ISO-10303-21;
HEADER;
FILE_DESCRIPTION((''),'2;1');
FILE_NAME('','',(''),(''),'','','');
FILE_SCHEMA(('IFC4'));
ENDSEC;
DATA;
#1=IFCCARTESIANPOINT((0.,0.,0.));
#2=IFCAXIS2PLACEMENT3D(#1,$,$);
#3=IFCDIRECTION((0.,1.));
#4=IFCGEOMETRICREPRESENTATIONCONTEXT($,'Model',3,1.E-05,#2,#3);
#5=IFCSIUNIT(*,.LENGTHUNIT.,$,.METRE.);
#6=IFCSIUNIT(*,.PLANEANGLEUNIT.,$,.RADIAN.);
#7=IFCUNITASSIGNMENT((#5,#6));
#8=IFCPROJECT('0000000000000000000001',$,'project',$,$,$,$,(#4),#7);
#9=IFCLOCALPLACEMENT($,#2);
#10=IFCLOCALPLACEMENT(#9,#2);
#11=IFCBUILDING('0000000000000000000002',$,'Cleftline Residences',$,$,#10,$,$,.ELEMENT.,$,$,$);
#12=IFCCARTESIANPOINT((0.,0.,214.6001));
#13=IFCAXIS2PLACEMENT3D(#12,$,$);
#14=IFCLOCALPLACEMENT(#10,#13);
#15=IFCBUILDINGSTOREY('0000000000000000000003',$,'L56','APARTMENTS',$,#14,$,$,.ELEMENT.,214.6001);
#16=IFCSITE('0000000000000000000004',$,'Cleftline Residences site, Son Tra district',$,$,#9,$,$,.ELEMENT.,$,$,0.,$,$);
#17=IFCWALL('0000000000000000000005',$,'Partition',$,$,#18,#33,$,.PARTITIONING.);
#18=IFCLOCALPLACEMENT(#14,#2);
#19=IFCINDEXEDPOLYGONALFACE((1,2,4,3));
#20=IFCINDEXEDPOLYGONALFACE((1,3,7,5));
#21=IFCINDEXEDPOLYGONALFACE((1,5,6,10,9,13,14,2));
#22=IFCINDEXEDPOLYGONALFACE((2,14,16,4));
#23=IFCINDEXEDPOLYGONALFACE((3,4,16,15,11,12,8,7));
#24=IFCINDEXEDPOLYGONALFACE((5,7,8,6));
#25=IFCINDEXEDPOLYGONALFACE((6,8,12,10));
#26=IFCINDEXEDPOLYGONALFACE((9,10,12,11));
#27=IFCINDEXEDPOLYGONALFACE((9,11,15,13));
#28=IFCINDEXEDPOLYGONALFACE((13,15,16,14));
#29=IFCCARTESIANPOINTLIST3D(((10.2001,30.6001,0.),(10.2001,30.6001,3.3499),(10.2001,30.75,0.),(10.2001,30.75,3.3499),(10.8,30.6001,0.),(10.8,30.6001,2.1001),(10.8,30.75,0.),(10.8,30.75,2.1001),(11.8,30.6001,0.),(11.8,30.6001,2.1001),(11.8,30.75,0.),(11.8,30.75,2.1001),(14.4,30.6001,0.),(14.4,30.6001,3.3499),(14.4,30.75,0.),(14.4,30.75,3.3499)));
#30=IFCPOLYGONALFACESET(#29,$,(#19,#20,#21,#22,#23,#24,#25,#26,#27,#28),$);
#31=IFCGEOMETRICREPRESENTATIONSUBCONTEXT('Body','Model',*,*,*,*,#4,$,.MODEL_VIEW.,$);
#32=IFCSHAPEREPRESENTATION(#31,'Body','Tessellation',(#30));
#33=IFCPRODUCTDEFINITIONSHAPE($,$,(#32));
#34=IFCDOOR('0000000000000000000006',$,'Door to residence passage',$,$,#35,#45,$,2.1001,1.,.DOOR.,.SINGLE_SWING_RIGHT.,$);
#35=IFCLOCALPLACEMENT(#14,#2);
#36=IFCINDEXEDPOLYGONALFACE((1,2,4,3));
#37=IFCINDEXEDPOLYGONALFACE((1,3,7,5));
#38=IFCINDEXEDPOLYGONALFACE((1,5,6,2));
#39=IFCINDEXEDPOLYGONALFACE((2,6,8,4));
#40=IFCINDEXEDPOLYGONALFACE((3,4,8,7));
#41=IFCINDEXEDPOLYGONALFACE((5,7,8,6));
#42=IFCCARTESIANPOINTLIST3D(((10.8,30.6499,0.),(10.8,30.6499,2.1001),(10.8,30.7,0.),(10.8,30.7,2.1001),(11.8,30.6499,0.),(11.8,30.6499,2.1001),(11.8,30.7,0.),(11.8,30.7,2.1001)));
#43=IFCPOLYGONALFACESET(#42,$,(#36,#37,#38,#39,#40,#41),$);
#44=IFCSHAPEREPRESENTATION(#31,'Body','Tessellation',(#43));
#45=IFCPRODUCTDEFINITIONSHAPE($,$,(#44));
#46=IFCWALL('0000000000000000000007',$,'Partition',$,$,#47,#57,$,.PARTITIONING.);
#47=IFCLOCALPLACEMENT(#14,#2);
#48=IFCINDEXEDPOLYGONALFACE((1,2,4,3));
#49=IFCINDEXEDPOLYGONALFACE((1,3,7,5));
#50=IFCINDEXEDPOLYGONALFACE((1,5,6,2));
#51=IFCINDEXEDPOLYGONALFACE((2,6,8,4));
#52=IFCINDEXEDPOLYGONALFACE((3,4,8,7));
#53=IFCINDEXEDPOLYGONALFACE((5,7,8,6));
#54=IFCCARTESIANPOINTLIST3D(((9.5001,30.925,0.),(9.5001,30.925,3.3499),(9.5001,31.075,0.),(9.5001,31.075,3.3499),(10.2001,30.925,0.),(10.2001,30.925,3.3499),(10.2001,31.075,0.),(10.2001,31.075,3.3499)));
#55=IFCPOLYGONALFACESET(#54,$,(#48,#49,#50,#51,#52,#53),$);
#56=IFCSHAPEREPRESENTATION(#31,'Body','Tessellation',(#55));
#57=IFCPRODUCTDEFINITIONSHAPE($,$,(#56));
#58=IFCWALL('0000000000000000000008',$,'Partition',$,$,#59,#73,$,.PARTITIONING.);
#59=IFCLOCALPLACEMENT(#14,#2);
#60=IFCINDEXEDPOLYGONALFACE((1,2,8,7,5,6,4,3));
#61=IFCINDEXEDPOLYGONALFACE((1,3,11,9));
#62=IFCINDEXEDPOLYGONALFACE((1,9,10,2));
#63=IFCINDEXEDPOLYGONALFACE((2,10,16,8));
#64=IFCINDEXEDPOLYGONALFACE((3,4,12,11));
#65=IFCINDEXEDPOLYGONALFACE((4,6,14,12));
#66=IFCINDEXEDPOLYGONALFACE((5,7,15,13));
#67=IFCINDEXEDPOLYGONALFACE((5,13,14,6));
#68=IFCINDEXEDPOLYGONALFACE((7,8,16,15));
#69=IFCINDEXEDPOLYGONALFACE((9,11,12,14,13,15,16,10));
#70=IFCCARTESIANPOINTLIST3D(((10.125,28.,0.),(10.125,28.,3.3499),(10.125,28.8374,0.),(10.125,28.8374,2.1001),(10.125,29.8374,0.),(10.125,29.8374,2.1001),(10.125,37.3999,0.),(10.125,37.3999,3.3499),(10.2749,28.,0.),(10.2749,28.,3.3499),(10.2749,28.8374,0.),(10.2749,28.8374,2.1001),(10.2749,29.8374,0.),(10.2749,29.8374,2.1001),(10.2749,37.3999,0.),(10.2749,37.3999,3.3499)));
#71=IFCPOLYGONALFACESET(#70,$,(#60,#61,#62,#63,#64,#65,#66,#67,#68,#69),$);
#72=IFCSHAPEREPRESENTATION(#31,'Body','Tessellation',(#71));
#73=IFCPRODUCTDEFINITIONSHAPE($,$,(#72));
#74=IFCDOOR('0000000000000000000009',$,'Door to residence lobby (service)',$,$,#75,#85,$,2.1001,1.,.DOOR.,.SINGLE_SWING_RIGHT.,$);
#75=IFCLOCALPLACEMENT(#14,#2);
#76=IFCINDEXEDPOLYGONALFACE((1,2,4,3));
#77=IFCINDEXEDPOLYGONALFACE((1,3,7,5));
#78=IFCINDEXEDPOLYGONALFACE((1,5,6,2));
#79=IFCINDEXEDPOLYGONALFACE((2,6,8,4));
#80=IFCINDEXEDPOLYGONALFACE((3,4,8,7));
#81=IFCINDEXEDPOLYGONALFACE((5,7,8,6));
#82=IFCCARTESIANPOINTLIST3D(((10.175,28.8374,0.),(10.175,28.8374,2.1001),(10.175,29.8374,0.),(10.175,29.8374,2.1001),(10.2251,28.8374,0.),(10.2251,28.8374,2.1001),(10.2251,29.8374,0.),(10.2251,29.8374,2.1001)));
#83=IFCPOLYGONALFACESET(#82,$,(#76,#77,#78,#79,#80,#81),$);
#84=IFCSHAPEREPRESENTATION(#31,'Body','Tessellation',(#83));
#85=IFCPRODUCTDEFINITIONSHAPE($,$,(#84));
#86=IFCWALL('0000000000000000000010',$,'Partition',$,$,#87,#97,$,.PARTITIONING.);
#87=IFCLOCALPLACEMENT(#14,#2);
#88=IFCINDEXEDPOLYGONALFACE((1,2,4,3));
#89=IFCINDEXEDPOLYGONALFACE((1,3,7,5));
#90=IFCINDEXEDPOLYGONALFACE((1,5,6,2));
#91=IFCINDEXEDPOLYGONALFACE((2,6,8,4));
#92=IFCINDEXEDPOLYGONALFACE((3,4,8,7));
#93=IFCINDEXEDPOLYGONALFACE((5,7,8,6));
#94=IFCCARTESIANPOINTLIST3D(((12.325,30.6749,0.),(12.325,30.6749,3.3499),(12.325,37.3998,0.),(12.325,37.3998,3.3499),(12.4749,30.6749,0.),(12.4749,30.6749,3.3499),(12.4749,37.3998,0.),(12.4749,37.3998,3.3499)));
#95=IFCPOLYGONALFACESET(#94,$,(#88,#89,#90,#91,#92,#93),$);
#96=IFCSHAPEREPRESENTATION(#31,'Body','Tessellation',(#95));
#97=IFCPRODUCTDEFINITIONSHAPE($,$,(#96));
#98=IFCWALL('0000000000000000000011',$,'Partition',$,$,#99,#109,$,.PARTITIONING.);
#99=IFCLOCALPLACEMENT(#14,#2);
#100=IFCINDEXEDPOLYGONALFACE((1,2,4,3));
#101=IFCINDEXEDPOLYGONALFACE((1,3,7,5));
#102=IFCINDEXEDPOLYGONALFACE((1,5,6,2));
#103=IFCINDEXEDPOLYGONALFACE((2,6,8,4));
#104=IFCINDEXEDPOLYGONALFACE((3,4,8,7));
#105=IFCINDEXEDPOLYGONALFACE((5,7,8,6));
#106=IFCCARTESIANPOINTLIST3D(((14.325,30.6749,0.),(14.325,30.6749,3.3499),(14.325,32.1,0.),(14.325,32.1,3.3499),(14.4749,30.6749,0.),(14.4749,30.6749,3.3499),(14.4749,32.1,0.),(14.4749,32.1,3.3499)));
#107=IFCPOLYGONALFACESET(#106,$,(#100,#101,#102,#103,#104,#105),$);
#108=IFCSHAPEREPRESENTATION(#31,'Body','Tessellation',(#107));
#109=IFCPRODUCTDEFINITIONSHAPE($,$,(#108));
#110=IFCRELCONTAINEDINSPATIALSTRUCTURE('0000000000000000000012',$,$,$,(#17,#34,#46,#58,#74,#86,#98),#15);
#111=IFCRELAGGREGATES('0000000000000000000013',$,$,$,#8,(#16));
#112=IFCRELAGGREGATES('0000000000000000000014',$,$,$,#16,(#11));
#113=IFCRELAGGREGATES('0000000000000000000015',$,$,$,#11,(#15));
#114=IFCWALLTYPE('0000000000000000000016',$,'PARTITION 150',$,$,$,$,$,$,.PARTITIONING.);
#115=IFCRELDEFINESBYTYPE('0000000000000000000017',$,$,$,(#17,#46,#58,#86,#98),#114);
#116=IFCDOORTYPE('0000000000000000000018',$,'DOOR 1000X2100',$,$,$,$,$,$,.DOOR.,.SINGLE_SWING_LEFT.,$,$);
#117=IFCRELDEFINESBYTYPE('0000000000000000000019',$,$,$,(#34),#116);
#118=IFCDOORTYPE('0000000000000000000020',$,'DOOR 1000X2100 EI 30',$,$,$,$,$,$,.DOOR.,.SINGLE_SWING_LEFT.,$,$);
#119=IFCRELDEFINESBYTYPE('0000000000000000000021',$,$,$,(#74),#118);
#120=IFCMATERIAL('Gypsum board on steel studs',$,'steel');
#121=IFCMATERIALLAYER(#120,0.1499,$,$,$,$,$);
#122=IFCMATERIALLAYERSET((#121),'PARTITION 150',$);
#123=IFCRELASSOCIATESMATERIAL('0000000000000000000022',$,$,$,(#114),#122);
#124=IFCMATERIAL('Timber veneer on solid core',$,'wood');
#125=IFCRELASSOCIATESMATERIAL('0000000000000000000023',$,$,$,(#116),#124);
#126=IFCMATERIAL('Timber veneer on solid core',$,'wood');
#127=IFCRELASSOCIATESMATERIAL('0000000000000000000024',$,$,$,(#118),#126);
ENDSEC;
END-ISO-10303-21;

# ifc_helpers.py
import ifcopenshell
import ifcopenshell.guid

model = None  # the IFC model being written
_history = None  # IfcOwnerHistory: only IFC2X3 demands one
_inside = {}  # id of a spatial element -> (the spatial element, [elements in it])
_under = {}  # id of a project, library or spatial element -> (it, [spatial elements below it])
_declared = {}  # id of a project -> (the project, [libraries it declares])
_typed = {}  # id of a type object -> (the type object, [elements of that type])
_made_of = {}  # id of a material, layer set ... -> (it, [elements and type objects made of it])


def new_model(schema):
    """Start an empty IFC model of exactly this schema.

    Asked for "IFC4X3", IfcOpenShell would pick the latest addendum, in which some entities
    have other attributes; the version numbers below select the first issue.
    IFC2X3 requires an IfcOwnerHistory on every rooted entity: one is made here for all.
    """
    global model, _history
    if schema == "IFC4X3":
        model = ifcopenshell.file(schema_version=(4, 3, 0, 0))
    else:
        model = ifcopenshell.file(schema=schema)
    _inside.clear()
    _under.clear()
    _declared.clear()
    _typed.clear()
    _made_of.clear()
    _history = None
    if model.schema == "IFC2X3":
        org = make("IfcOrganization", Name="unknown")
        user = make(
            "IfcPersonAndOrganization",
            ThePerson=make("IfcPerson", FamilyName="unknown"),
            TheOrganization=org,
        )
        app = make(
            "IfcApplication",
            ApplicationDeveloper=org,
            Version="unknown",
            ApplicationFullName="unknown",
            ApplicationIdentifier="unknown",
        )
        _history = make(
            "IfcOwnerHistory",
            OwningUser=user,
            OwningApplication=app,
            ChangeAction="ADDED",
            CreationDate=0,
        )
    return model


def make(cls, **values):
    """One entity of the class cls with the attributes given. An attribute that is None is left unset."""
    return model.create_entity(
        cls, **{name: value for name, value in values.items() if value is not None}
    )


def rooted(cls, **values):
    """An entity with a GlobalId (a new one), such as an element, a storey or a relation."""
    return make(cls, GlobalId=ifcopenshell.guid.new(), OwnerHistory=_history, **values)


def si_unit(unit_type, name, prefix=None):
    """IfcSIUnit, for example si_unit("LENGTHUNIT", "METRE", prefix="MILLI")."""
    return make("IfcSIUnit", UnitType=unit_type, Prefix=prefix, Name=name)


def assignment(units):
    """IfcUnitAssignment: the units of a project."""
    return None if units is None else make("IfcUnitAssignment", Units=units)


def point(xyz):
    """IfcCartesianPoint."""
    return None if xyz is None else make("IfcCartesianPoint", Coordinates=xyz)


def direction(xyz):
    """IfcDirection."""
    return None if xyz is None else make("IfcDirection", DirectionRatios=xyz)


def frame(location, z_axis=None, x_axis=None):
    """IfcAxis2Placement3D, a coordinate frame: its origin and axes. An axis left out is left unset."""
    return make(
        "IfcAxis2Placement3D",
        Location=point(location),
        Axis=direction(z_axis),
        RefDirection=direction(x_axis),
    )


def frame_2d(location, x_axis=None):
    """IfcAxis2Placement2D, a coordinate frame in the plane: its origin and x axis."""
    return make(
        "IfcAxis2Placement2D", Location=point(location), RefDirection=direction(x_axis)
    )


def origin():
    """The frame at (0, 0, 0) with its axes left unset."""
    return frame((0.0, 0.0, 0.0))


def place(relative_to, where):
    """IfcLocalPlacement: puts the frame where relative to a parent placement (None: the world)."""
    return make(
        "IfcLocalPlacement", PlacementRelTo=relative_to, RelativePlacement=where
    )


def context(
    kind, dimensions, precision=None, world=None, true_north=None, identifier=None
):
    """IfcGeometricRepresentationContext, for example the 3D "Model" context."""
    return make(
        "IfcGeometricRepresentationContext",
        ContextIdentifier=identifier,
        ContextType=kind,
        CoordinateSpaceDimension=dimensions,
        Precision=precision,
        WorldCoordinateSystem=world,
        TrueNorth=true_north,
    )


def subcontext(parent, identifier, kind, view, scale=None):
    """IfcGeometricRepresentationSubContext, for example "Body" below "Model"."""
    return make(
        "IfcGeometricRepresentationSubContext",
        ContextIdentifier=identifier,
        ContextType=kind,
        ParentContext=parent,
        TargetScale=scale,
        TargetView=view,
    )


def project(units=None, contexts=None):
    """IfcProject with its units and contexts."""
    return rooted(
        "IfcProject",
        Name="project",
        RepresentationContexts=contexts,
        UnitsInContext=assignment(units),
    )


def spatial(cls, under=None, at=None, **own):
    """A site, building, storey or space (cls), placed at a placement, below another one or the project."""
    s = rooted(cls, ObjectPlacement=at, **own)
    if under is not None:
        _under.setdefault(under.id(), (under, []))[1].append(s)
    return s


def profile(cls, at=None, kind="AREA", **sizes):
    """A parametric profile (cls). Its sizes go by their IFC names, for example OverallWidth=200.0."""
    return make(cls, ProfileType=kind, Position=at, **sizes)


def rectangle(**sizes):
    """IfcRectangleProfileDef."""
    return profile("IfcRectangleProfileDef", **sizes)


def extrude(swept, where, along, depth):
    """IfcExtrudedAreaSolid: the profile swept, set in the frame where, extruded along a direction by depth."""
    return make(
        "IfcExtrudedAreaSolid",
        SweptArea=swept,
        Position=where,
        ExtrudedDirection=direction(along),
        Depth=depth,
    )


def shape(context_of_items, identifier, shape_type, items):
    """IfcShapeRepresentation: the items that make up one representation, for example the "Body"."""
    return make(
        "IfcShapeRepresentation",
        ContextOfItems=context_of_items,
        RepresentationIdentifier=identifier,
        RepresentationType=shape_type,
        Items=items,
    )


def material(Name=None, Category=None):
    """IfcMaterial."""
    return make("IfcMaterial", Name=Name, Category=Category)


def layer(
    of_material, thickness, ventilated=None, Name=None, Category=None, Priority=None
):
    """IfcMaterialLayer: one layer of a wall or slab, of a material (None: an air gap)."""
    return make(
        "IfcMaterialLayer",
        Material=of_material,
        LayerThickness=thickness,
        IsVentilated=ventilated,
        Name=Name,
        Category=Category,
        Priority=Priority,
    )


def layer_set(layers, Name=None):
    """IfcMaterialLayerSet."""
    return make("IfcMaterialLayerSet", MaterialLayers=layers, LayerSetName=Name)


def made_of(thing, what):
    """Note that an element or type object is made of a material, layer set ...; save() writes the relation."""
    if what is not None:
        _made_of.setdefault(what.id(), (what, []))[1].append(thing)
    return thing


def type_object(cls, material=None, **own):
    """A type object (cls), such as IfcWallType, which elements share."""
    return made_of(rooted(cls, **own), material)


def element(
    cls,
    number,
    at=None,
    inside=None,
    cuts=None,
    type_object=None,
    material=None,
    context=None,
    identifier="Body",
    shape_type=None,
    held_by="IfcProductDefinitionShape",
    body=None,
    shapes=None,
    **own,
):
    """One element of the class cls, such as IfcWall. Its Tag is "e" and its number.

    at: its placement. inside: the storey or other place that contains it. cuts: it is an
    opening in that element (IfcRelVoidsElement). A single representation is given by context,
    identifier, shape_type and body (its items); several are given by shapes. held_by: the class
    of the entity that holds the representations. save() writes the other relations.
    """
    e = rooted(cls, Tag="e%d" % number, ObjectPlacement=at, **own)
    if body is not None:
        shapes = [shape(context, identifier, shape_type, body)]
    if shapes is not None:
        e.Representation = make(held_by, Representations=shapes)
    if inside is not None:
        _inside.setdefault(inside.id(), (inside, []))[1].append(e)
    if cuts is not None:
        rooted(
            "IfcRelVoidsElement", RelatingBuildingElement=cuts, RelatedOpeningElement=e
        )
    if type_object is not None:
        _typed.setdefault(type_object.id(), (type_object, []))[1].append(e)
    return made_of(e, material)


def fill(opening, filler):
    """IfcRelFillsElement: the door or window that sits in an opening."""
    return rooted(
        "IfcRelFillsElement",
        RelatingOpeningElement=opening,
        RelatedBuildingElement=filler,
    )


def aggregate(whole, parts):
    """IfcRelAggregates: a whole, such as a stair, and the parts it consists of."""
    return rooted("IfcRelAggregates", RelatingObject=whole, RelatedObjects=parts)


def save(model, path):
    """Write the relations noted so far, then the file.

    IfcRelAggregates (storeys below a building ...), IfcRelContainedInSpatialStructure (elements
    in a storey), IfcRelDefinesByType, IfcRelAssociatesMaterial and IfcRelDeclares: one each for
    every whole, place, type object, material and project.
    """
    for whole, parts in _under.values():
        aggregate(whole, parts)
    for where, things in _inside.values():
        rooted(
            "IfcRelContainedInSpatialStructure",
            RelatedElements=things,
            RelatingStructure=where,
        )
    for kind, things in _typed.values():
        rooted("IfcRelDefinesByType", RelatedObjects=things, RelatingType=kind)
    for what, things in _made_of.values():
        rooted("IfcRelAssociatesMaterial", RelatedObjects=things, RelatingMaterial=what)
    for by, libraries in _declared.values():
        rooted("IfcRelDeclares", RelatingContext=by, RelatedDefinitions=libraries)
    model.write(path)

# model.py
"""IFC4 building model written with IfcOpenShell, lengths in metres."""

from ifc_helpers import new_model, si_unit, direction, frame, frame_2d, origin, place, context, subcontext, project, spatial, rectangle, extrude, material, layer, layer_set, type_object, element, fill, save


model = new_model("IFC4")

# Units and contexts
model_context = context("Model", 3, precision=1e-05, world=origin(), true_north=direction((0.0, 1.0)))
body_context = subcontext(model_context, "Body", "Model", "MODEL_VIEW")
ifc_project = project(units=[si_unit("LENGTHUNIT", "METRE"), si_unit("PLANEANGLEUNIT", "RADIAN")], contexts=[model_context])

# Site, building, storey
site_placement = place(None, origin())
site = spatial("IfcSite", under=ifc_project, at=site_placement, Name="Cleftline Residences site, Son Tra district", CompositionType="ELEMENT", RefElevation=0.0)
building_placement = place(site_placement, origin())
building = spatial("IfcBuilding", under=site, at=building_placement, Name="Cleftline Residences", CompositionType="ELEMENT")
storey_placement = place(building_placement, frame((0.0, 0.0, 214.6001)))
storey = spatial("IfcBuildingStorey", under=building, at=storey_placement, Name="L56", Description="APARTMENTS", CompositionType="ELEMENT", Elevation=214.6001)

# Wall, opening, door
ifc_material_1 = material(Name="Gypsum board on steel studs", Category="steel")
ifc_layer_1 = layer(ifc_material_1, 0.1499)
ifc_layer_set_1 = layer_set([ifc_layer_1], Name="PARTITION 150")
wall_type_1 = type_object("IfcWallType", Name="PARTITION 150", PredefinedType="PARTITIONING", material=ifc_layer_set_1)
wall_1_placement = place(storey_placement, frame((10.2, 30.675, 0.0), z_axis=(0.0, 0.0, 1.0), x_axis=(1.0, 0.0, 0.0)))
wall_1 = element("IfcWall", 1, at=wall_1_placement, inside=storey, type_object=wall_type_1, Name="Partition", PredefinedType="PARTITIONING", context=body_context, shape_type="SweptSolid", body=[
    extrude(rectangle(XDim=4.2, YDim=0.1499, at=frame_2d((2.1001, 0.0))), origin(), (0.0, 0.0, 1.0), 3.3499),
])
opening_1_placement = place(wall_1_placement, frame((0.6001, 0.0, 0.0)))
opening_1 = element("IfcOpeningElement", 2, at=opening_1_placement, cuts=wall_1, PredefinedType="OPENING", context=body_context, shape_type="SweptSolid", body=[
    extrude(rectangle(XDim=1.0, YDim=2.1001, at=frame_2d((0.5, 1.05))), frame((0.0, 0.085, 0.0), z_axis=(0.0, -1.0, 0.0), x_axis=(1.0, 0.0, 0.0)), (0.0, 0.0, 1.0), 0.1699),
])
ifc_material_2 = material(Name="Timber veneer on solid core", Category="wood")
door_type_1 = type_object("IfcDoorType", Name="DOOR 1000X2100", OperationType="SINGLE_SWING_LEFT", PredefinedType="DOOR", material=ifc_material_2)
door_1_placement = place(opening_1_placement, origin())
door_1 = element("IfcDoor", 3, at=door_1_placement, inside=storey, type_object=door_type_1, Name="Door to residence passage", OperationType="SINGLE_SWING_RIGHT", OverallHeight=2.1001, OverallWidth=1.0, PredefinedType="DOOR", context=body_context, shape_type="SweptSolid", body=[
    extrude(rectangle(XDim=1.0, YDim=2.1001, at=frame_2d((0.5, 1.05))), frame((0.0, 0.0249, 0.0), z_axis=(0.0, -1.0, 0.0), x_axis=(1.0, 0.0, 0.0)), (0.0, 0.0, 1.0), 0.05),
])
fill(opening_1, door_1)

# Wall
wall_2_placement = place(storey_placement, frame((9.5, 31.0, 0.0), z_axis=(0.0, 0.0, 1.0), x_axis=(1.0, 0.0, 0.0)))
element("IfcWall", 4, at=wall_2_placement, inside=storey, type_object=wall_type_1, Name="Partition", PredefinedType="PARTITIONING", context=body_context, shape_type="SweptSolid", body=[
    extrude(rectangle(XDim=0.7, YDim=0.1499, at=frame_2d((0.3501, 0.0))), origin(), (0.0, 0.0, 1.0), 3.3499),
])

# Wall, opening, door
wall_3_placement = place(storey_placement, frame((10.2, 28.0, 0.0), z_axis=(0.0, 0.0, 1.0), x_axis=(0.0, 1.0, 0.0)))
wall_3 = element("IfcWall", 5, at=wall_3_placement, inside=storey, type_object=wall_type_1, Name="Partition", PredefinedType="PARTITIONING", context=body_context, shape_type="SweptSolid", body=[
    extrude(rectangle(XDim=9.3999, YDim=0.1499, at=frame_2d((4.7, 0.0))), origin(), (0.0, 0.0, 1.0), 3.3499),
])
opening_2_placement = place(wall_3_placement, frame((0.8374, 0.0, 0.0)))
opening_2 = element("IfcOpeningElement", 6, at=opening_2_placement, cuts=wall_3, PredefinedType="OPENING", context=body_context, shape_type="SweptSolid", body=[
    extrude(rectangle(XDim=1.0, YDim=2.1001, at=frame_2d((0.5, 1.05))), frame((0.0, 0.085, 0.0), z_axis=(0.0, -1.0, 0.0), x_axis=(1.0, 0.0, 0.0)), (0.0, 0.0, 1.0), 0.1699),
])
ifc_material_3 = material(Name="Timber veneer on solid core", Category="wood")
door_type_2 = type_object("IfcDoorType", Name="DOOR 1000X2100 EI 30", OperationType="SINGLE_SWING_LEFT", PredefinedType="DOOR", material=ifc_material_3)
door_2_placement = place(opening_2_placement, origin())
door_2 = element("IfcDoor", 7, at=door_2_placement, inside=storey, type_object=door_type_2, Name="Door to residence lobby (service)", OperationType="SINGLE_SWING_RIGHT", OverallHeight=2.1001, OverallWidth=1.0, PredefinedType="DOOR", context=body_context, shape_type="SweptSolid", body=[
    extrude(rectangle(XDim=1.0, YDim=2.1001, at=frame_2d((0.5, 1.05))), frame((0.0, 0.0249, 0.0), z_axis=(0.0, -1.0, 0.0), x_axis=(1.0, 0.0, 0.0)), (0.0, 0.0, 1.0), 0.05),
])
fill(opening_2, door_2)

# Walls
wall_4_placement = place(storey_placement, frame((12.3999, 30.675, 0.0), z_axis=(0.0, 0.0, 1.0), x_axis=(0.0, 1.0, 0.0)))
element("IfcWall", 8, at=wall_4_placement, inside=storey, type_object=wall_type_1, Name="Partition", PredefinedType="PARTITIONING", context=body_context, shape_type="SweptSolid", body=[
    extrude(rectangle(XDim=6.7249, YDim=0.1499, at=frame_2d((3.3623, 0.0))), origin(), (0.0, 0.0, 1.0), 3.3499),
])
wall_5_placement = place(storey_placement, frame((14.3999, 30.675, 0.0), z_axis=(0.0, 0.0, 1.0), x_axis=(0.0, 1.0, 0.0)))
element("IfcWall", 9, at=wall_5_placement, inside=storey, type_object=wall_type_1, Name="Partition", PredefinedType="PARTITIONING", context=body_context, shape_type="SweptSolid", body=[
    extrude(rectangle(XDim=1.425, YDim=0.1499, at=frame_2d((0.7124, 0.0))), origin(), (0.0, 0.0, 1.0), 3.3499),
])

save(model, "model.ifc")
